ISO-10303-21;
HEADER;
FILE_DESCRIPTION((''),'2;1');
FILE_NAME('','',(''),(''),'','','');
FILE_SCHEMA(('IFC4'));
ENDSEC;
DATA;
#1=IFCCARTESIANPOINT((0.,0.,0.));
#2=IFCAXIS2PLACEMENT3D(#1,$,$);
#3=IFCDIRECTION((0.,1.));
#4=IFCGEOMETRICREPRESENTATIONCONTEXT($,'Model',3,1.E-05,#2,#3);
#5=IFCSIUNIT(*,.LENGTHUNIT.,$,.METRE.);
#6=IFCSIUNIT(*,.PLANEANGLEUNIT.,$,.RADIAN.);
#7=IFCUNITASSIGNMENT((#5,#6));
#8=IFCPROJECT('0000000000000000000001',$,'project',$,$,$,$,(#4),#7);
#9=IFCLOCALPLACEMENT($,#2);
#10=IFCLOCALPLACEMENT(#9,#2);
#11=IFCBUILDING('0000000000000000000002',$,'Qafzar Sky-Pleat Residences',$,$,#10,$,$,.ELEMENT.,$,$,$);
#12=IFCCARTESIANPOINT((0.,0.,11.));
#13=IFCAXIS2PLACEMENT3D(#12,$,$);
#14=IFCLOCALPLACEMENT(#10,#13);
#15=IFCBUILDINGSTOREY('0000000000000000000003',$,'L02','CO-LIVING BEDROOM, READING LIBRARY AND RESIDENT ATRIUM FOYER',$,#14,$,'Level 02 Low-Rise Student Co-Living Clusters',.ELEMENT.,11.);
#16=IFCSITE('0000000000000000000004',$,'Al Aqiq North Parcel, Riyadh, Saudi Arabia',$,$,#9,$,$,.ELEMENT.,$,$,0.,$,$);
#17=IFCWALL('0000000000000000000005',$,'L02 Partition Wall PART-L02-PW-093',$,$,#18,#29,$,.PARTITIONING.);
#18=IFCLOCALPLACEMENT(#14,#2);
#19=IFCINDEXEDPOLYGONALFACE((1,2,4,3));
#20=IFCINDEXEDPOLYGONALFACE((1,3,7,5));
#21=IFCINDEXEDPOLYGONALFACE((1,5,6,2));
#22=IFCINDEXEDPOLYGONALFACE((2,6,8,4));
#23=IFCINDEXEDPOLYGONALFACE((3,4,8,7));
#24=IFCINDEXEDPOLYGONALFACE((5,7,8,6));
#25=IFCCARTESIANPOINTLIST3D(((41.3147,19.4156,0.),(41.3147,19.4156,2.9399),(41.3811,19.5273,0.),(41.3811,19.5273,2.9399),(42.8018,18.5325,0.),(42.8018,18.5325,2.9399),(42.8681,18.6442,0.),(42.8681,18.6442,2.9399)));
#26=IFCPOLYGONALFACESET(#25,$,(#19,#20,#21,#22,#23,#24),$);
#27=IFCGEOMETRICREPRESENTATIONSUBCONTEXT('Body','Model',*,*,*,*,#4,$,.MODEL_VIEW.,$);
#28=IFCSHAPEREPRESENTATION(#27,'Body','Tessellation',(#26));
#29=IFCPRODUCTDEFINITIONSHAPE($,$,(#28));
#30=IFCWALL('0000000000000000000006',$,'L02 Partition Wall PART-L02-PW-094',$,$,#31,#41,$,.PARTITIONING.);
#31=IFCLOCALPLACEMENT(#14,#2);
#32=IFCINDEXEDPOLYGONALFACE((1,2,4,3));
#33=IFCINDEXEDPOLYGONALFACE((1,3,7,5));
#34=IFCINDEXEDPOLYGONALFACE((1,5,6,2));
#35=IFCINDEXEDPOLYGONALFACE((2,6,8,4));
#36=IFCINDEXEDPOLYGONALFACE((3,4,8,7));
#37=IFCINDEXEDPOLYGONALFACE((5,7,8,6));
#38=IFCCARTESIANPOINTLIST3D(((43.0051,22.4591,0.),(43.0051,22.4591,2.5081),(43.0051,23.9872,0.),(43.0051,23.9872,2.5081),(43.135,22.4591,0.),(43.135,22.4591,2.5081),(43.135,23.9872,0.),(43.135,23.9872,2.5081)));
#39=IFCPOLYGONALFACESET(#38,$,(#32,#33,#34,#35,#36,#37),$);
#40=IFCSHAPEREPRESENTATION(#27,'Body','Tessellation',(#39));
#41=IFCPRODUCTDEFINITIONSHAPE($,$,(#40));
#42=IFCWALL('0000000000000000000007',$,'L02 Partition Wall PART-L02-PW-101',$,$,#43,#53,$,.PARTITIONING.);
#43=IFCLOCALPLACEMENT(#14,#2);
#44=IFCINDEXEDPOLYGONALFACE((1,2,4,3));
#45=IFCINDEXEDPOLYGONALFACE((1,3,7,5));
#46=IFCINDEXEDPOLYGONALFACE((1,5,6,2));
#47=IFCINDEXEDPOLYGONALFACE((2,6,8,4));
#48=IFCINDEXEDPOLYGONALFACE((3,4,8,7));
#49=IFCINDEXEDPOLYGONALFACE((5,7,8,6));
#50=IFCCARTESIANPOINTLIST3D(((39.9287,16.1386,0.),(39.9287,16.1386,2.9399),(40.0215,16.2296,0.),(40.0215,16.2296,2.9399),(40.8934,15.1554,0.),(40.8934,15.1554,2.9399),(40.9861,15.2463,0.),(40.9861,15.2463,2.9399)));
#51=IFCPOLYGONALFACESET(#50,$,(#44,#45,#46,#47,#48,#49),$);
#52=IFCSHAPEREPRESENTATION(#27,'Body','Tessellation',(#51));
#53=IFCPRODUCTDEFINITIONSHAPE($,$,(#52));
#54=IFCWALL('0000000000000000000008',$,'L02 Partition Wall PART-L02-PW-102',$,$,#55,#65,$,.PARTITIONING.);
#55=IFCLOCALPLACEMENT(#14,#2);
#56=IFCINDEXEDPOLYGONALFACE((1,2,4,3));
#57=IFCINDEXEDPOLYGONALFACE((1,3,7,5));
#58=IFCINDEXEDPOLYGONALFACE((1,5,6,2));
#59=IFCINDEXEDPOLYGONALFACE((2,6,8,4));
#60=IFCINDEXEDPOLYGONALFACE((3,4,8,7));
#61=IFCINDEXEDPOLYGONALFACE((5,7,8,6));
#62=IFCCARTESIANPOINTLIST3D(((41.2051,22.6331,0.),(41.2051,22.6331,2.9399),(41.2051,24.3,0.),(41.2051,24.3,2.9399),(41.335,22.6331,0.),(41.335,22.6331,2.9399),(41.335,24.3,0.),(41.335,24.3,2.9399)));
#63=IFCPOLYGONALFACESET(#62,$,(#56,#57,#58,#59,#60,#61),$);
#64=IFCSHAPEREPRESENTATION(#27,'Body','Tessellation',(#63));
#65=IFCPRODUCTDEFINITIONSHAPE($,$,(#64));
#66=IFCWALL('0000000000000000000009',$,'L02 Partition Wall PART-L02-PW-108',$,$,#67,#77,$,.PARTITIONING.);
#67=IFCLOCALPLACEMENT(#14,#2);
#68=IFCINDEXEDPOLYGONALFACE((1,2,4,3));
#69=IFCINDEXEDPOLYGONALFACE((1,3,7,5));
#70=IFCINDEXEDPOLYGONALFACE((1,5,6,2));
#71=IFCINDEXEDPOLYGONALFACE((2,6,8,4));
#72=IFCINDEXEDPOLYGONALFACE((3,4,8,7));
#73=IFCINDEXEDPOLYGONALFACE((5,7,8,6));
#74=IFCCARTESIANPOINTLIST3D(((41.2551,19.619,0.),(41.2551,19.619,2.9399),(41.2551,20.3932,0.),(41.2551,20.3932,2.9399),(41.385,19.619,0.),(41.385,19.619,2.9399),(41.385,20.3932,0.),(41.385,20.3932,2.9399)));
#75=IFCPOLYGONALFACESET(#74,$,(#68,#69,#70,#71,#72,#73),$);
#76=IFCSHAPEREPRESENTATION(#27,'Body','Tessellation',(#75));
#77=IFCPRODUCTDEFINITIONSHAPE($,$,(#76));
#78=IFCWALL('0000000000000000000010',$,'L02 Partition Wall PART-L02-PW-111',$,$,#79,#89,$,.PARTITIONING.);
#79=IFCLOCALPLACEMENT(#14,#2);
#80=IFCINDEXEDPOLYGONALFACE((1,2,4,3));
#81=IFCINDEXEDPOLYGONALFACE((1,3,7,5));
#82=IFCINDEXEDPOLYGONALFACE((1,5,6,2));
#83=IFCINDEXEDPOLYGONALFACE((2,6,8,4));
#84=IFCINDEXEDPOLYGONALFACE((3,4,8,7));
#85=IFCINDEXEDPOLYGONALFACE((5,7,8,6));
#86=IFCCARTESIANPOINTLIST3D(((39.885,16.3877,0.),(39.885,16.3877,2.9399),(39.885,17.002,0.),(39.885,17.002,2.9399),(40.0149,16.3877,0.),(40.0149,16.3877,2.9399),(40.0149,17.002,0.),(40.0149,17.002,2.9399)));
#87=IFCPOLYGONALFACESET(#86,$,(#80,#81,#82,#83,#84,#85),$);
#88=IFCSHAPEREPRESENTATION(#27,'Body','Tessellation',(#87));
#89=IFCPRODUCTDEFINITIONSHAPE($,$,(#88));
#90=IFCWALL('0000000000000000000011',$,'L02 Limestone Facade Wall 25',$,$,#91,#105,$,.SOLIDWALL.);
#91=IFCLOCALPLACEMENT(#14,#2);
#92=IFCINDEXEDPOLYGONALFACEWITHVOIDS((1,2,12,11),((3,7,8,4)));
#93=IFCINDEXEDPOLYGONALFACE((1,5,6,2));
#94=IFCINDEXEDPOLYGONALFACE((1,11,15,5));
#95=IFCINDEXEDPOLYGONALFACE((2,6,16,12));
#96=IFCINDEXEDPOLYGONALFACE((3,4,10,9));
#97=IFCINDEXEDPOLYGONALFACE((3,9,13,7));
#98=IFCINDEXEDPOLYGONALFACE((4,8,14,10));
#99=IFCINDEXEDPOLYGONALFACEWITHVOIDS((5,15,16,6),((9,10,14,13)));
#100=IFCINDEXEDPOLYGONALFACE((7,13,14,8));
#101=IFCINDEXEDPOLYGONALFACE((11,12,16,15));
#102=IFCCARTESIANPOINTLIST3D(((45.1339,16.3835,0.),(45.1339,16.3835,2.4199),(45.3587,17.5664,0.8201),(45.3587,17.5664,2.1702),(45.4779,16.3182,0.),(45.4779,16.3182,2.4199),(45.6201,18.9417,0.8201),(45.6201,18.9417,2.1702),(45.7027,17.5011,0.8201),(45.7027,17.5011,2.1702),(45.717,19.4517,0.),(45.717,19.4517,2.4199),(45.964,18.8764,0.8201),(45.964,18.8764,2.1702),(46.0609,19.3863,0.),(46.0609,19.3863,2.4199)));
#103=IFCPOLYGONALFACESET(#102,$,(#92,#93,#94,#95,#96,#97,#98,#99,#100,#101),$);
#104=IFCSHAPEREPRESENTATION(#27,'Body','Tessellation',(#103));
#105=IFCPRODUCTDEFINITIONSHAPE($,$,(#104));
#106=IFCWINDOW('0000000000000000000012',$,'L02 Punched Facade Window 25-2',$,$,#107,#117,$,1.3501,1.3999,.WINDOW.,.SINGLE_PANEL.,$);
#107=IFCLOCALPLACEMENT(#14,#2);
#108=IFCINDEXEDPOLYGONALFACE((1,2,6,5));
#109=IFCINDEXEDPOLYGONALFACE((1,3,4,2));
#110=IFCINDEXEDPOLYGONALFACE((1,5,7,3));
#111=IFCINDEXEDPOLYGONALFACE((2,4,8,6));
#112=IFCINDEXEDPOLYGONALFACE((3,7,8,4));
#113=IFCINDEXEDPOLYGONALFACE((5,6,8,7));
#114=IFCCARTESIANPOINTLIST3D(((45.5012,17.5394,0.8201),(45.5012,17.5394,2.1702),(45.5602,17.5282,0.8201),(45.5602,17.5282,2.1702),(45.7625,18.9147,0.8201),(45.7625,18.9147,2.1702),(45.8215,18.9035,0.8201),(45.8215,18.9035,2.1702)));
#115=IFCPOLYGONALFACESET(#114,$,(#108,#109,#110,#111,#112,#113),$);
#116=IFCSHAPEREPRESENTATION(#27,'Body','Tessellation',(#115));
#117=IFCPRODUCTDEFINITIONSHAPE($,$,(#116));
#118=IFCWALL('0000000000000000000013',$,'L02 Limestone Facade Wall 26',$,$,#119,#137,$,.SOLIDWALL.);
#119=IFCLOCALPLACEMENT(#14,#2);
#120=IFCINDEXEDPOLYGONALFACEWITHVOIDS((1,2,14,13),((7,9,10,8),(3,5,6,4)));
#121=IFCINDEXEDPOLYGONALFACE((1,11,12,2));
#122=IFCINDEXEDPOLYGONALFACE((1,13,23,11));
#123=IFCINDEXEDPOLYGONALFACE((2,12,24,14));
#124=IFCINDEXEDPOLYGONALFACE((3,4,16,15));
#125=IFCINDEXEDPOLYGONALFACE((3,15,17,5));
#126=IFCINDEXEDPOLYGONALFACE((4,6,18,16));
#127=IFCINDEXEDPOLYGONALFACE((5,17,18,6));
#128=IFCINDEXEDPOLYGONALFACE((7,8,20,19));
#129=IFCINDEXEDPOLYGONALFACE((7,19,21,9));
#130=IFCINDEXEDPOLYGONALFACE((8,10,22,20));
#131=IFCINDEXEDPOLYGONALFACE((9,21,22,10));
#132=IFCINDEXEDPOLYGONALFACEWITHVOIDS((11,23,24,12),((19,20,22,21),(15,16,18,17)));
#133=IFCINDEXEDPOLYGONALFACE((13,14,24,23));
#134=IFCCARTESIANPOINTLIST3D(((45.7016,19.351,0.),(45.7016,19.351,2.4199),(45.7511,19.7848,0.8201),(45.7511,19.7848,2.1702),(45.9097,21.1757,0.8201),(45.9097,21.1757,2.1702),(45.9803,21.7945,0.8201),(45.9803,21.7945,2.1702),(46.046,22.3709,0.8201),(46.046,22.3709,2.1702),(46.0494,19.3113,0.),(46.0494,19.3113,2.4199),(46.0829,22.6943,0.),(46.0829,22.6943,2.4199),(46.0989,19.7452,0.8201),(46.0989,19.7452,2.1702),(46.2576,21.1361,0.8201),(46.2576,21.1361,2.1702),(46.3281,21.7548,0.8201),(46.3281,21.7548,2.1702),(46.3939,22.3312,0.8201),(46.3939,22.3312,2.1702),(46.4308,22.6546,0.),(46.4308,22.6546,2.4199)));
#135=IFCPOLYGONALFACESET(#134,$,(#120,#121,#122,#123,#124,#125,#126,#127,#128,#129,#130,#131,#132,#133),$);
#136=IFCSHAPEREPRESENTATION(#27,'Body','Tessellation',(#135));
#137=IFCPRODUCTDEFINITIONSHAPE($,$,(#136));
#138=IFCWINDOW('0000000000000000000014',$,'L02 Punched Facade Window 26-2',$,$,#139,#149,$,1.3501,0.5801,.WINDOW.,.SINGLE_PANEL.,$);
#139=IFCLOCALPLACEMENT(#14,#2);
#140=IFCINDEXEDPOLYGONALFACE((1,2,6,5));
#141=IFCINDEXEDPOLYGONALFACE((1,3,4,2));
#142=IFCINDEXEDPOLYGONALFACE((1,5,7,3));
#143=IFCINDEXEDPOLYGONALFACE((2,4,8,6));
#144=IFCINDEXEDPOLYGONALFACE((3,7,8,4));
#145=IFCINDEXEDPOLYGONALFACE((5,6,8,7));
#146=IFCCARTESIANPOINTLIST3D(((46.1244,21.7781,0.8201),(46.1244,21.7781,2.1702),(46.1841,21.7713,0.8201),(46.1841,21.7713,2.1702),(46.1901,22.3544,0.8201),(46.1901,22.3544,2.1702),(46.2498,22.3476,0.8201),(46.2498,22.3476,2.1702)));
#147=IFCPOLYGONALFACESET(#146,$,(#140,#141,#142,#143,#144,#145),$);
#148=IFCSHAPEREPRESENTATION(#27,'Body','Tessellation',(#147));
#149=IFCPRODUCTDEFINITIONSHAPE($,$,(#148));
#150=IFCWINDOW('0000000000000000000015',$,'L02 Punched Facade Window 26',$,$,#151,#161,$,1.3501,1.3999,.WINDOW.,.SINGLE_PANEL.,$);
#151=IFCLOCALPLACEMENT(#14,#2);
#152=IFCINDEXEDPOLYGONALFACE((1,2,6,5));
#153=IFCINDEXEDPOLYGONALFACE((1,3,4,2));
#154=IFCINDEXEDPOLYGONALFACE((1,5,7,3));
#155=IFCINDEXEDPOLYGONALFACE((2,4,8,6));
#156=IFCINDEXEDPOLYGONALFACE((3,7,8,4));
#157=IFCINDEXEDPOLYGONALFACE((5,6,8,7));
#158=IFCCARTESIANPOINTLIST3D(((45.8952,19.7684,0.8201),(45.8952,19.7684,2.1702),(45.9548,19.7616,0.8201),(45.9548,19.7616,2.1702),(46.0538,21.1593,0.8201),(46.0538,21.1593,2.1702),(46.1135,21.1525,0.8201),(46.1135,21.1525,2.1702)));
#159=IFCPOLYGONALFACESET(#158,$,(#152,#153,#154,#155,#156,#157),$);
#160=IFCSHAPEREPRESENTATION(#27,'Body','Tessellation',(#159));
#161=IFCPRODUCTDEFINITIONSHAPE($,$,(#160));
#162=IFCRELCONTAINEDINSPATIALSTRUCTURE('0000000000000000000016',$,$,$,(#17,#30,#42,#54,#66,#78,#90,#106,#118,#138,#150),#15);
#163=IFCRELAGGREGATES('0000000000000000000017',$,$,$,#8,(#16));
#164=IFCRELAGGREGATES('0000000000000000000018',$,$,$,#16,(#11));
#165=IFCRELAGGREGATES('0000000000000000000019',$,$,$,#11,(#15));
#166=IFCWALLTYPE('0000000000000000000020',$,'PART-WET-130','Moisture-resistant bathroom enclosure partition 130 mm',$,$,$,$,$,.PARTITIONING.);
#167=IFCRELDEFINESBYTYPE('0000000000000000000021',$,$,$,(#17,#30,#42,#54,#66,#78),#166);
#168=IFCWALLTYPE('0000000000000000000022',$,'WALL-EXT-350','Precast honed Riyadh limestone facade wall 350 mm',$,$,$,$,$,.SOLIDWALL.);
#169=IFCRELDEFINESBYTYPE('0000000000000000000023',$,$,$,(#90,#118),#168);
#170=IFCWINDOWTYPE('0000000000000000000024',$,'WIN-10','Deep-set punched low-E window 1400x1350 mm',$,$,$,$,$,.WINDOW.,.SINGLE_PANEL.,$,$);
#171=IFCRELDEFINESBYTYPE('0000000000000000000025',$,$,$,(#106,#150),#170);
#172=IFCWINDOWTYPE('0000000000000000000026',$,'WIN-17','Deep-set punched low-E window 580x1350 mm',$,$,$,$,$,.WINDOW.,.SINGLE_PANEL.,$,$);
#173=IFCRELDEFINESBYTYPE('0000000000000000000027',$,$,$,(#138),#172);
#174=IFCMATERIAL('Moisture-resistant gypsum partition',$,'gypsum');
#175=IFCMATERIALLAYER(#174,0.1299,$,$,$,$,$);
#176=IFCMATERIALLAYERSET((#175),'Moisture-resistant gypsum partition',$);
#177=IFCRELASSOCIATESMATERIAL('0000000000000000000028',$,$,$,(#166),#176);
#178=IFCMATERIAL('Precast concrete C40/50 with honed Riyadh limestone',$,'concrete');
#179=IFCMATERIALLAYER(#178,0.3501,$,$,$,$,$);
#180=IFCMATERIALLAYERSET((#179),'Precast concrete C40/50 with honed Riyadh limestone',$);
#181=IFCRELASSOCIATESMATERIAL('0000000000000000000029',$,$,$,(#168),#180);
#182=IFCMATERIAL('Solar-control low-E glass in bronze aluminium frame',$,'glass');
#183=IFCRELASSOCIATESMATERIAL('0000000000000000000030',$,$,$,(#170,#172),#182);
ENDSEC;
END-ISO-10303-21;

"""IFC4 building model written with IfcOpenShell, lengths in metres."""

from ifc_helpers import new_model, si_unit, direction, frame, frame_2d, origin, place, context, subcontext, project, spatial, rectangle, extrude, source, transform, mapped, material, layer, layer_set, type_object, element, fill, save


model = new_model("IFC4")

# Units and contexts
model_context = context("Model", 3, precision=1e-05, world=origin(), true_north=direction((0.0, 1.0)))
body_context = subcontext(model_context, "Body", "Model", "MODEL_VIEW")
ifc_project = project(units=[si_unit("LENGTHUNIT", "METRE"), si_unit("PLANEANGLEUNIT", "RADIAN")], contexts=[model_context])

# Site, building, storey
site_placement = place(None, origin())
site = spatial("IfcSite", under=ifc_project, at=site_placement, Name="Al Aqiq North Parcel, Riyadh, Saudi Arabia", CompositionType="ELEMENT", RefElevation=0.0)
building_placement = place(site_placement, origin())
building = spatial("IfcBuilding", under=site, at=building_placement, Name="Qafzar Sky-Pleat Residences", CompositionType="ELEMENT")
storey_placement = place(building_placement, frame((0.0, 0.0, 11.0)))
storey = spatial("IfcBuildingStorey", under=building, at=storey_placement, Name="L02", Description="CO-LIVING BEDROOM, READING LIBRARY AND RESIDENT ATRIUM FOYER", LongName="Level 02 Low-Rise Student Co-Living Clusters", CompositionType="ELEMENT", Elevation=11.0)

# Shared definitions
ifc_material_1 = material(Name="Moisture-resistant gypsum partition", Category="gypsum")
ifc_layer_1 = layer(ifc_material_1, 0.1299)
ifc_layer_set_1 = layer_set([ifc_layer_1], Name="Moisture-resistant gypsum partition")
wall_type_1 = type_object("IfcWallType", Name="PART-WET-130", Description="Moisture-resistant bathroom enclosure partition 130 mm", PredefinedType="PARTITIONING", material=ifc_layer_set_1)

# Walls
wall_1_placement = place(storey_placement, frame((41.3479, 19.4714, 0.0), z_axis=(0.0, 0.0, 1.0), x_axis=(0.859826, -0.510588, 0.0)))
element("IfcWall", 1, at=wall_1_placement, inside=storey, type_object=wall_type_1, Name="L02 Partition Wall PART-L02-PW-093", PredefinedType="PARTITIONING", context=body_context, shape_type="SweptSolid", body=[
    extrude(rectangle(XDim=1.7295, YDim=0.1299, at=frame_2d((0.8647, 0.0))), origin(), (0.0, 0.0, 1.0), 2.9399),
])
wall_2_placement = place(storey_placement, frame((43.0701, 22.459, 0.0), z_axis=(0.0, 0.0, 1.0), x_axis=(0.0, 1.0, 0.0)))
element("IfcWall", 2, at=wall_2_placement, inside=storey, type_object=wall_type_1, Name="L02 Partition Wall PART-L02-PW-094", PredefinedType="PARTITIONING", context=body_context, shape_type="SweptSolid", body=[
    extrude(rectangle(XDim=1.5281, YDim=0.1299, at=frame_2d((0.7642, 0.0))), origin(), (0.0, 0.0, 1.0), 2.5081),
])
wall_3_placement = place(storey_placement, frame((39.9751, 16.1841, 0.0), z_axis=(0.0, 0.0, 1.0), x_axis=(0.700339, -0.71381, 0.0)))
element("IfcWall", 3, at=wall_3_placement, inside=storey, type_object=wall_type_1, Name="L02 Partition Wall PART-L02-PW-101", PredefinedType="PARTITIONING", context=body_context, shape_type="SweptSolid", body=[
    extrude(rectangle(XDim=1.3774, YDim=0.1299, at=frame_2d((0.6887, 0.0))), origin(), (0.0, 0.0, 1.0), 2.9399),
])
wall_4_placement = place(storey_placement, frame((41.27, 22.6331, 0.0), z_axis=(0.0, 0.0, 1.0), x_axis=(0.0, 1.0, 0.0)))
element("IfcWall", 4, at=wall_4_placement, inside=storey, type_object=wall_type_1, Name="L02 Partition Wall PART-L02-PW-102", PredefinedType="PARTITIONING", context=body_context, shape_type="SweptSolid", body=[
    extrude(rectangle(XDim=1.667, YDim=0.1299, at=frame_2d((0.8335, 0.0))), origin(), (0.0, 0.0, 1.0), 2.9399),
])
wall_5_placement = place(storey_placement, frame((41.3201, 19.6189, 0.0), z_axis=(0.0, 0.0, 1.0), x_axis=(0.0, 1.0, 0.0)))
element("IfcWall", 5, at=wall_5_placement, inside=storey, type_object=wall_type_1, Name="L02 Partition Wall PART-L02-PW-108", PredefinedType="PARTITIONING", context=body_context, shape_type="SweptSolid", body=[
    extrude(rectangle(XDim=0.7742, YDim=0.1299, at=frame_2d((0.3872, 0.0))), origin(), (0.0, 0.0, 1.0), 2.9399),
])
wall_6_placement = place(storey_placement, frame((39.95, 16.3877, 0.0), z_axis=(0.0, 0.0, 1.0), x_axis=(0.0, 1.0, 0.0)))
element("IfcWall", 6, at=wall_6_placement, inside=storey, type_object=wall_type_1, Name="L02 Partition Wall PART-L02-PW-111", PredefinedType="PARTITIONING", context=body_context, shape_type="SweptSolid", body=[
    extrude(rectangle(XDim=0.6143, YDim=0.1299, at=frame_2d((0.3071, 0.0))), origin(), (0.0, 0.0, 1.0), 2.9399),
])

# Wall, opening, window
ifc_material_2 = material(Name="Precast concrete C40/50 with honed Riyadh limestone", Category="concrete")
ifc_layer_2 = layer(ifc_material_2, 0.3501)
ifc_layer_set_2 = layer_set([ifc_layer_2], Name="Precast concrete C40/50 with honed Riyadh limestone")
wall_type_2 = type_object("IfcWallType", Name="WALL-EXT-350", Description="Precast honed Riyadh limestone facade wall 350 mm", PredefinedType="SOLIDWALL", material=ifc_layer_set_2)
wall_7_placement = place(storey_placement, frame((45.3059, 16.3508, 0.0), z_axis=(0.0, 0.0, 1.0), x_axis=(0.186681, 0.982421, 0.0)))
wall_7 = element("IfcWall", 7, at=wall_7_placement, inside=storey, type_object=wall_type_2, Name="L02 Limestone Facade Wall 25", PredefinedType="SOLIDWALL", context=body_context, shape_type="SweptSolid", body=[
    extrude(rectangle(XDim=3.123, YDim=0.3501, at=frame_2d((1.5615, 0.0))), origin(), (0.0, 0.0, 1.0), 2.4199),
])
opening_1_placement = place(wall_7_placement, frame((1.2041, 0.0, 0.8201)))
opening_1 = element("IfcOpeningElement", 8, at=opening_1_placement, cuts=wall_7, PredefinedType="OPENING", context=body_context, shape_type="SweptSolid", body=[
    extrude(rectangle(XDim=1.3999, YDim=1.3501, at=frame_2d((0.7, 0.675))), frame((0.0, 0.1851, 0.0), z_axis=(0.0, -1.0, 0.0), x_axis=(1.0, 0.0, 0.0)), (0.0, 0.0, 1.0), 0.3701),
])
ifc_material_3 = material(Name="Solar-control low-E glass in bronze aluminium frame", Category="glass")
window_type_1 = type_object("IfcWindowType", Name="WIN-10", Description="Deep-set punched low-E window 1400x1350 mm", PartitioningType="SINGLE_PANEL", PredefinedType="WINDOW", material=ifc_material_3)
shared_shape_1 = source(origin(), body_context, "Body", "SweptSolid", [
    extrude(rectangle(XDim=1.3999, YDim=1.3501, at=frame_2d((0.7, 0.675))), frame((0.0, 0.03, 0.0), z_axis=(0.0, -1.0, 0.0), x_axis=(1.0, 0.0, 0.0)), (0.0, 0.0, 1.0), 0.0601),
])
window_1_placement = place(opening_1_placement, origin())
window_1 = element("IfcWindow", 9, at=window_1_placement, inside=storey, type_object=window_type_1, Name="L02 Punched Facade Window 25-2", OverallHeight=1.3501, OverallWidth=1.3999, PartitioningType="SINGLE_PANEL", PredefinedType="WINDOW", context=body_context, shape_type="MappedRepresentation", body=[
    mapped(shared_shape_1, transform((0.0, 0.0, 0.0), x_axis=(1.0, 0.0, 0.0), y_axis=(0.0, 1.0, 0.0), z_axis=(0.0, 0.0, 1.0), scale=1.0)),
])
fill(opening_1, window_1)

# Wall, openings, windows
wall_8_placement = place(storey_placement, frame((45.8755, 19.3311, 0.0), z_axis=(0.0, 0.0, 1.0), x_axis=(0.11333, 0.993557, 0.0)))
wall_8 = element("IfcWall", 10, at=wall_8_placement, inside=storey, type_object=wall_type_2, Name="L02 Limestone Facade Wall 26", PredefinedType="SOLIDWALL", context=body_context, shape_type="SweptSolid", body=[
    extrude(rectangle(XDim=3.365, YDim=0.3501, at=frame_2d((1.6826, 0.0))), origin(), (0.0, 0.0, 1.0), 2.4199),
])
opening_2_placement = place(wall_8_placement, frame((0.4368, 0.0, 0.8201)))
opening_2 = element("IfcOpeningElement", 11, at=opening_2_placement, cuts=wall_8, PredefinedType="OPENING", context=body_context, shape_type="SweptSolid", body=[
    extrude(rectangle(XDim=1.3999, YDim=1.3501, at=frame_2d((0.7, 0.675))), frame((0.0, 0.1851, 0.0), z_axis=(0.0, -1.0, 0.0), x_axis=(1.0, 0.0, 0.0)), (0.0, 0.0, 1.0), 0.3701),
])
opening_3_placement = place(wall_8_placement, frame((2.4595, 0.0, 0.8201)))
opening_3 = element("IfcOpeningElement", 12, at=opening_3_placement, cuts=wall_8, PredefinedType="OPENING", context=body_context, shape_type="SweptSolid", body=[
    extrude(rectangle(XDim=0.5801, YDim=1.3501, at=frame_2d((0.29, 0.675))), frame((0.0, 0.1851, 0.0), z_axis=(0.0, -1.0, 0.0), x_axis=(1.0, 0.0, 0.0)), (0.0, 0.0, 1.0), 0.3701),
])
window_type_2 = type_object("IfcWindowType", Name="WIN-17", Description="Deep-set punched low-E window 580x1350 mm", PartitioningType="SINGLE_PANEL", PredefinedType="WINDOW", material=ifc_material_3)
shared_shape_2 = source(origin(), body_context, "Body", "SweptSolid", [
    extrude(rectangle(XDim=0.5801, YDim=1.3501, at=frame_2d((0.29, 0.675))), frame((0.0, 0.03, 0.0), z_axis=(0.0, -1.0, 0.0), x_axis=(1.0, 0.0, 0.0)), (0.0, 0.0, 1.0), 0.0601),
])
window_2_placement = place(opening_3_placement, origin())
window_2 = element("IfcWindow", 13, at=window_2_placement, inside=storey, type_object=window_type_2, Name="L02 Punched Facade Window 26-2", OverallHeight=1.3501, OverallWidth=0.5801, PartitioningType="SINGLE_PANEL", PredefinedType="WINDOW", context=body_context, shape_type="MappedRepresentation", body=[
    mapped(shared_shape_2, transform((0.0, 0.0, 0.0), x_axis=(1.0, 0.0, 0.0), y_axis=(0.0, 1.0, 0.0), z_axis=(0.0, 0.0, 1.0), scale=1.0)),
])
fill(opening_3, window_2)
window_3_placement = place(opening_2_placement, origin())
window_3 = element("IfcWindow", 14, at=window_3_placement, inside=storey, type_object=window_type_1, Name="L02 Punched Facade Window 26", OverallHeight=1.3501, OverallWidth=1.3999, PartitioningType="SINGLE_PANEL", PredefinedType="WINDOW", context=body_context, shape_type="MappedRepresentation", body=[
    mapped(shared_shape_1, transform((0.0, 0.0, 0.0), x_axis=(1.0, 0.0, 0.0), y_axis=(0.0, 1.0, 0.0), z_axis=(0.0, 0.0, 1.0), scale=1.0)),
])
fill(opening_2, window_3)

save(model, "model.ifc")
